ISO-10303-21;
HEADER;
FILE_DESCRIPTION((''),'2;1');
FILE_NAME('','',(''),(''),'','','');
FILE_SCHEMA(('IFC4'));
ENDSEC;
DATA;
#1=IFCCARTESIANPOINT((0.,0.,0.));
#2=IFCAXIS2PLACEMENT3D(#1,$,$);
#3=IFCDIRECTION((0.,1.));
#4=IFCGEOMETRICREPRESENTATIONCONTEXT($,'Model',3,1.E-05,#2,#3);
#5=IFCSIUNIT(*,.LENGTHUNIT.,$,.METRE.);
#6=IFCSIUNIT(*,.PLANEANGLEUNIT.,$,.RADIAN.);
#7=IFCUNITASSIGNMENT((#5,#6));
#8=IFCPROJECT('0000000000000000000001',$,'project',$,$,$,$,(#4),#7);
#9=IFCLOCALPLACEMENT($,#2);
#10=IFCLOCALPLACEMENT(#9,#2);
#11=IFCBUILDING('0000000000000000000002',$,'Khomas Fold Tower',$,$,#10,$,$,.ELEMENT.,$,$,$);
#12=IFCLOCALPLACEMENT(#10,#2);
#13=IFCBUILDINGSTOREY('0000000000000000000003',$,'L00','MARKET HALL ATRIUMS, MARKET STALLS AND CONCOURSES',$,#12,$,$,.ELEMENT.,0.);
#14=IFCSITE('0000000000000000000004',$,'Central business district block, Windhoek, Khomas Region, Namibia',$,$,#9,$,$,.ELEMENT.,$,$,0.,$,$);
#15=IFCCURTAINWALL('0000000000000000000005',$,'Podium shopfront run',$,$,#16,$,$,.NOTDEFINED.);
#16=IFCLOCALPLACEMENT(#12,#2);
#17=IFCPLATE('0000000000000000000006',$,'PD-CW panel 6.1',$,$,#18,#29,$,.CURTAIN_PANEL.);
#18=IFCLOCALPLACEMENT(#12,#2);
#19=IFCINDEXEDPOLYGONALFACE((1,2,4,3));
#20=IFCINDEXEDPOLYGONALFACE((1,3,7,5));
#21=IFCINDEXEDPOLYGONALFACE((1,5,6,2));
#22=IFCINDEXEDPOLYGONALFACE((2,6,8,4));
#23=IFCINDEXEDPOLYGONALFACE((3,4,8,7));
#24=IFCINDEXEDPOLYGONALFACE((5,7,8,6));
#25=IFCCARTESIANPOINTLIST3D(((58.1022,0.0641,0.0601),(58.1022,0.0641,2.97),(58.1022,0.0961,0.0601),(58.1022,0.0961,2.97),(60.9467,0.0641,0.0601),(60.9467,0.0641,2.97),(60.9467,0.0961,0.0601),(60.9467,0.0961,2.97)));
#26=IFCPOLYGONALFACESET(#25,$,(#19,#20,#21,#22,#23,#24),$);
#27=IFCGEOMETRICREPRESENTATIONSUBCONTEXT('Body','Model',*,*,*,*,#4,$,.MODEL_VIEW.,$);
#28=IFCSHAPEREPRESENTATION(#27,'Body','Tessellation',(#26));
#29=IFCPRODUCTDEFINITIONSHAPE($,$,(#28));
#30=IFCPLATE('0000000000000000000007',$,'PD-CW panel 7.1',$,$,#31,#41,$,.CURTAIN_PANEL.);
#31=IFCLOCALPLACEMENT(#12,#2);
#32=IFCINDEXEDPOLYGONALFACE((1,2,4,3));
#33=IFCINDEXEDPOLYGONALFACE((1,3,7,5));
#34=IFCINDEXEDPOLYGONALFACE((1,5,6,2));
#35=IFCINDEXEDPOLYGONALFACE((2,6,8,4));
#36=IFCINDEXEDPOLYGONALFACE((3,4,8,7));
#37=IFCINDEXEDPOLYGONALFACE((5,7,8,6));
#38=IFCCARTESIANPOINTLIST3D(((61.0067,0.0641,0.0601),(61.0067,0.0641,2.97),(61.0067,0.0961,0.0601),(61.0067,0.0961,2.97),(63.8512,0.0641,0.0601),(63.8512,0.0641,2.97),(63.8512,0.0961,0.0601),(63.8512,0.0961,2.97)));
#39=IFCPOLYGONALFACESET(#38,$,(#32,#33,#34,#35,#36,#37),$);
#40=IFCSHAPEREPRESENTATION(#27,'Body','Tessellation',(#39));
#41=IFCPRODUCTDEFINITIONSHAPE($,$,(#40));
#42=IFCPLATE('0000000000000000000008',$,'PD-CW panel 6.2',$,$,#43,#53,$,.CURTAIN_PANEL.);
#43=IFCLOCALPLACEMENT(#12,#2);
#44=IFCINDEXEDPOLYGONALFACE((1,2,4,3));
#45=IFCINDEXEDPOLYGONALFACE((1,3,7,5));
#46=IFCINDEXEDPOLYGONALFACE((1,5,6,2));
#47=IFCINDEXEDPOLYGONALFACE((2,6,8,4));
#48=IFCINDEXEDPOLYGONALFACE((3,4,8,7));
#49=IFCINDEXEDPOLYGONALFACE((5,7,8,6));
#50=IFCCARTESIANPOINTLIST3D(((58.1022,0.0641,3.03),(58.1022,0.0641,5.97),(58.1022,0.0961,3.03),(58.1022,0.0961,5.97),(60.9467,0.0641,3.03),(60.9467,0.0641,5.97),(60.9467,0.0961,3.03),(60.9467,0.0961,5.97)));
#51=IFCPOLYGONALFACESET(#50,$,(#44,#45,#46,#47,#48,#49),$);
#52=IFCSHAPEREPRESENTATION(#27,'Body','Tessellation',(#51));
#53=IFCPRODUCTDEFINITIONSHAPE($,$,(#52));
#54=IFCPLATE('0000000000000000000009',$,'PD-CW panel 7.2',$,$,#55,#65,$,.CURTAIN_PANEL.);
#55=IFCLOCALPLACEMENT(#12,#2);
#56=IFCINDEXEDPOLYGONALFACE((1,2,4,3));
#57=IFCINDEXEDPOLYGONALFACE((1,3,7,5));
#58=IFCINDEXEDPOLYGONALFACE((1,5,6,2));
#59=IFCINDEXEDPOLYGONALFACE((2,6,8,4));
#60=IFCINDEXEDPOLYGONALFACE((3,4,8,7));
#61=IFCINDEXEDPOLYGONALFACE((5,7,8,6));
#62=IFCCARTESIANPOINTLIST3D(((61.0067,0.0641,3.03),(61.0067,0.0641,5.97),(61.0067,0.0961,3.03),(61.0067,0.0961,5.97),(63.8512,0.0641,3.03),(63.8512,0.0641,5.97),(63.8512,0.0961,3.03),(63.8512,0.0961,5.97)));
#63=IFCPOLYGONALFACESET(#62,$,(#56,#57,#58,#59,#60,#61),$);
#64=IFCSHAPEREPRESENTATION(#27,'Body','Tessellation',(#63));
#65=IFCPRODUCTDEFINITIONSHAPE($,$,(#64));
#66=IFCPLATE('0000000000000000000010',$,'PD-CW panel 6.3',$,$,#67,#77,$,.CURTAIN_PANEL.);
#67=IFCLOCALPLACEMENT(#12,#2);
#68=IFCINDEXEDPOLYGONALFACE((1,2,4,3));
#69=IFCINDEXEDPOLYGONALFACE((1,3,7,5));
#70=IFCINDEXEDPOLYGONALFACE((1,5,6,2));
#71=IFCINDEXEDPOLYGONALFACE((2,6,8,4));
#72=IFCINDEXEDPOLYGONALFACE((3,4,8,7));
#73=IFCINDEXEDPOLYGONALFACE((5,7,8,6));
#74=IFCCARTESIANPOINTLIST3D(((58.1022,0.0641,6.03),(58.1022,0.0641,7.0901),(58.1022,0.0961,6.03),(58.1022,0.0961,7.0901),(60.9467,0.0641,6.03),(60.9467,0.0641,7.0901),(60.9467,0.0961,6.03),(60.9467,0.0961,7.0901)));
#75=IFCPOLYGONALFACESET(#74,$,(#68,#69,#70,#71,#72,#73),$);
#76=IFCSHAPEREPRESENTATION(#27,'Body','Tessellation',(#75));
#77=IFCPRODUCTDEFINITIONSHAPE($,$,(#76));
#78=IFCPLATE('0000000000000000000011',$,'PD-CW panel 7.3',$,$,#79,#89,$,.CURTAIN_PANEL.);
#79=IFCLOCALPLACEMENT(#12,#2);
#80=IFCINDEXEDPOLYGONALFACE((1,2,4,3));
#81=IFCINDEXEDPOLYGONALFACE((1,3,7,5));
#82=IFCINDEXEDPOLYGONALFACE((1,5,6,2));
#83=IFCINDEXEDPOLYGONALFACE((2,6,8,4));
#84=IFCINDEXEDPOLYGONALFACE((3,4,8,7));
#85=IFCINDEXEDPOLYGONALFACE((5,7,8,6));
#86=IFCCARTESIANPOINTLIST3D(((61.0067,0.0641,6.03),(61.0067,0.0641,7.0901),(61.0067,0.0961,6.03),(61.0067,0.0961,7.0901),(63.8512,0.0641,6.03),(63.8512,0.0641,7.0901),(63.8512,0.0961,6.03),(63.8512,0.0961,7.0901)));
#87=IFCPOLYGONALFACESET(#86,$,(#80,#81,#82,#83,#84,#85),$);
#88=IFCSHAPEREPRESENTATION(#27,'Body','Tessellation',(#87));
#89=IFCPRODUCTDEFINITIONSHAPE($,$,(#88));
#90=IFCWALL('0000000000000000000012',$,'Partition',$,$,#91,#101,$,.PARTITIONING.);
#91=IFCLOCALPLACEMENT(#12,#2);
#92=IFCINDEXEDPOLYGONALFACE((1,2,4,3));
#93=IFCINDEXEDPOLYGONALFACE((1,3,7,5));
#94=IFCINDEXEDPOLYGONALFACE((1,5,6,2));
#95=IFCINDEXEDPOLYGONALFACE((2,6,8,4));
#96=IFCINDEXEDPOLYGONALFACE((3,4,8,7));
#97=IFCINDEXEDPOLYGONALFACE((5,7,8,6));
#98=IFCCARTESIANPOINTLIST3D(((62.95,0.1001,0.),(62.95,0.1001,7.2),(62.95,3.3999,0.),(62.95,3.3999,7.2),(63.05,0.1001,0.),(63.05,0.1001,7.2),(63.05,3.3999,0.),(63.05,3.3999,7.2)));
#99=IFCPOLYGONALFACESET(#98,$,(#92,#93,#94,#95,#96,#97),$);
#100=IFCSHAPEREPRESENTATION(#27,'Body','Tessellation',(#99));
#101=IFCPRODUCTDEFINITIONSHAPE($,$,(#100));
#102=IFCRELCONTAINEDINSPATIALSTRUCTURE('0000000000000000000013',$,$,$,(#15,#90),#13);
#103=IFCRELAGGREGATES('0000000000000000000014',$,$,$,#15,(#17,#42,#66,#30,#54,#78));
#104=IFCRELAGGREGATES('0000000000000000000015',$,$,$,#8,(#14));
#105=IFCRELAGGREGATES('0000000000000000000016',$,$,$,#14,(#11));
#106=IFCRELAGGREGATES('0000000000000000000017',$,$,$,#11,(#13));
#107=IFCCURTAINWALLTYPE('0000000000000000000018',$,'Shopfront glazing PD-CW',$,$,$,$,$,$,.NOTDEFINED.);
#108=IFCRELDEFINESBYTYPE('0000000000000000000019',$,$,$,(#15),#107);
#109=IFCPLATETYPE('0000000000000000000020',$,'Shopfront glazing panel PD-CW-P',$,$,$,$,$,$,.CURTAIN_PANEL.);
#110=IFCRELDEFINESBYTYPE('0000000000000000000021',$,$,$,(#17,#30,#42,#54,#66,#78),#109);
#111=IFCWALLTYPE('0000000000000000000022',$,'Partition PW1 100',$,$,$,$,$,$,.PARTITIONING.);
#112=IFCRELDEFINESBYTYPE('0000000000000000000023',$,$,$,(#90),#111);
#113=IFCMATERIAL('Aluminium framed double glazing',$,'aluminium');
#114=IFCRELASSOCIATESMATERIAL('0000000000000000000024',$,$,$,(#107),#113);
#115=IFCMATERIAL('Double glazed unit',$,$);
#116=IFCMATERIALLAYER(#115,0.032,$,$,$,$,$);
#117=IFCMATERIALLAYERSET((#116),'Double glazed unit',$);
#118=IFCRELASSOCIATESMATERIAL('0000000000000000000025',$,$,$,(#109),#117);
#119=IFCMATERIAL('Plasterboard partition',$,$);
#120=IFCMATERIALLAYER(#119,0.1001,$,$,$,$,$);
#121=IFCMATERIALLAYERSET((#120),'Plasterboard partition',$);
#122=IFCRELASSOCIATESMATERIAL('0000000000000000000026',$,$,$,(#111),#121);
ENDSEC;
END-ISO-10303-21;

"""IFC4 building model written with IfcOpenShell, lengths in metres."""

from ifc_helpers import new_model, si_unit, direction, frame, frame_2d, origin, origin_2d, place, context, subcontext, project, spatial, rectangle, extrude, source, transform, mapped, material, layer, layer_set, type_object, element, aggregate, save


model = new_model("IFC4")

# Units and contexts
model_context = context("Model", 3, precision=1e-05, world=origin(), true_north=direction((0.0, 1.0)))
body_context = subcontext(model_context, "Body", "Model", "MODEL_VIEW")
ifc_project = project(units=[si_unit("LENGTHUNIT", "METRE"), si_unit("PLANEANGLEUNIT", "RADIAN")], contexts=[model_context])

# Site, building, storey
site_placement = place(None, origin())
site = spatial("IfcSite", under=ifc_project, at=site_placement, Name="Central business district block, Windhoek, Khomas Region, Namibia", CompositionType="ELEMENT", RefElevation=0.0)
building_placement = place(site_placement, origin())
building = spatial("IfcBuilding", under=site, at=building_placement, Name="Khomas Fold Tower", CompositionType="ELEMENT")
storey_placement = place(building_placement, origin())
storey = spatial("IfcBuildingStorey", under=building, at=storey_placement, Name="L00", Description="MARKET HALL ATRIUMS, MARKET STALLS AND CONCOURSES", CompositionType="ELEMENT", Elevation=0.0)

# Curtain wall, plates
ifc_material_1 = material(Name="Aluminium framed double glazing", Category="aluminium")
curtain_wall_type = type_object("IfcCurtainWallType", Name="Shopfront glazing PD-CW", PredefinedType="NOTDEFINED", material=ifc_material_1)
curtain_wall_placement = place(storey_placement, origin())
curtain_wall = element("IfcCurtainWall", 1, at=curtain_wall_placement, inside=storey, type_object=curtain_wall_type, Name="Podium shopfront run", PredefinedType="NOTDEFINED")
ifc_material_2 = material(Name="Double glazed unit")
ifc_layer_1 = layer(ifc_material_2, 0.032)
ifc_layer_set_1 = layer_set([ifc_layer_1], Name="Double glazed unit")
plate_type = type_object("IfcPlateType", Name="Shopfront glazing panel PD-CW-P", PredefinedType="CURTAIN_PANEL", material=ifc_layer_set_1)
shared_shape_1 = source(origin(), body_context, "Body", "SweptSolid", [
    extrude(rectangle(XDim=2.8445, YDim=0.032, at=origin_2d()), origin(), (0.0, 0.0, 1.0), 2.9099),
])
plate_1_placement = place(storey_placement, frame((59.5244, 0.0801, 0.0601), z_axis=(0.0, 0.0, 1.0), x_axis=(1.0, 0.0, 0.0)))
plate_1 = element("IfcPlate", 2, at=plate_1_placement, type_object=plate_type, Name="PD-CW panel 6.1", PredefinedType="CURTAIN_PANEL", context=body_context, shape_type="MappedRepresentation", body=[
    mapped(shared_shape_1, transform((0.0, 0.0, 0.0))),
])
plate_2_placement = place(storey_placement, frame((62.429, 0.0801, 0.0601), z_axis=(0.0, 0.0, 1.0), x_axis=(1.0, 0.0, 0.0)))
plate_2 = element("IfcPlate", 3, at=plate_2_placement, type_object=plate_type, Name="PD-CW panel 7.1", PredefinedType="CURTAIN_PANEL", context=body_context, shape_type="MappedRepresentation", body=[
    mapped(shared_shape_1, transform((0.0, 0.0, 0.0))),
])
shared_shape_2 = source(origin(), body_context, "Body", "SweptSolid", [
    extrude(rectangle(XDim=2.8445, YDim=0.032, at=origin_2d()), origin(), (0.0, 0.0, 1.0), 2.9399),
])
plate_3_placement = place(storey_placement, frame((59.5244, 0.0801, 3.03), z_axis=(0.0, 0.0, 1.0), x_axis=(1.0, 0.0, 0.0)))
plate_3 = element("IfcPlate", 4, at=plate_3_placement, type_object=plate_type, Name="PD-CW panel 6.2", PredefinedType="CURTAIN_PANEL", context=body_context, shape_type="MappedRepresentation", body=[
    mapped(shared_shape_2, transform((0.0, 0.0, 0.0))),
])
plate_4_placement = place(storey_placement, frame((62.429, 0.0801, 3.03), z_axis=(0.0, 0.0, 1.0), x_axis=(1.0, 0.0, 0.0)))
plate_4 = element("IfcPlate", 5, at=plate_4_placement, type_object=plate_type, Name="PD-CW panel 7.2", PredefinedType="CURTAIN_PANEL", context=body_context, shape_type="MappedRepresentation", body=[
    mapped(shared_shape_2, transform((0.0, 0.0, 0.0))),
])
shared_shape_3 = source(origin(), body_context, "Body", "SweptSolid", [
    extrude(rectangle(XDim=2.8445, YDim=0.032, at=origin_2d()), origin(), (0.0, 0.0, 1.0), 1.0601),
])
plate_5_placement = place(storey_placement, frame((59.5244, 0.0801, 6.03), z_axis=(0.0, 0.0, 1.0), x_axis=(1.0, 0.0, 0.0)))
plate_5 = element("IfcPlate", 6, at=plate_5_placement, type_object=plate_type, Name="PD-CW panel 6.3", PredefinedType="CURTAIN_PANEL", context=body_context, shape_type="MappedRepresentation", body=[
    mapped(shared_shape_3, transform((0.0, 0.0, 0.0))),
])
plate_6_placement = place(storey_placement, frame((62.429, 0.0801, 6.03), z_axis=(0.0, 0.0, 1.0), x_axis=(1.0, 0.0, 0.0)))
plate_6 = element("IfcPlate", 7, at=plate_6_placement, type_object=plate_type, Name="PD-CW panel 7.3", PredefinedType="CURTAIN_PANEL", context=body_context, shape_type="MappedRepresentation", body=[
    mapped(shared_shape_3, transform((0.0, 0.0, 0.0))),
])
aggregate(curtain_wall, [plate_1, plate_3, plate_5, plate_2, plate_4, plate_6])

# Wall
ifc_material_3 = material(Name="Plasterboard partition")
ifc_layer_2 = layer(ifc_material_3, 0.1001)
ifc_layer_set_2 = layer_set([ifc_layer_2], Name="Plasterboard partition")
wall_type = type_object("IfcWallType", Name="Partition PW1 100", PredefinedType="PARTITIONING", material=ifc_layer_set_2)
shared_shape_4 = source(origin(), body_context, "Body", "SweptSolid", [
    extrude(rectangle(XDim=3.2998, YDim=0.1001, at=frame_2d((1.6499, 0.0))), origin(), (0.0, 0.0, 1.0), 7.2),
])
wall_placement = place(storey_placement, frame((63.0, 0.1001, 0.0), z_axis=(0.0, 0.0, 1.0), x_axis=(0.0, 1.0, 0.0)))
element("IfcWall", 8, at=wall_placement, inside=storey, type_object=wall_type, Name="Partition", PredefinedType="PARTITIONING", context=body_context, shape_type="MappedRepresentation", body=[
    mapped(shared_shape_4, transform((0.0, 0.0, 0.0))),
])

save(model, "model.ifc")
